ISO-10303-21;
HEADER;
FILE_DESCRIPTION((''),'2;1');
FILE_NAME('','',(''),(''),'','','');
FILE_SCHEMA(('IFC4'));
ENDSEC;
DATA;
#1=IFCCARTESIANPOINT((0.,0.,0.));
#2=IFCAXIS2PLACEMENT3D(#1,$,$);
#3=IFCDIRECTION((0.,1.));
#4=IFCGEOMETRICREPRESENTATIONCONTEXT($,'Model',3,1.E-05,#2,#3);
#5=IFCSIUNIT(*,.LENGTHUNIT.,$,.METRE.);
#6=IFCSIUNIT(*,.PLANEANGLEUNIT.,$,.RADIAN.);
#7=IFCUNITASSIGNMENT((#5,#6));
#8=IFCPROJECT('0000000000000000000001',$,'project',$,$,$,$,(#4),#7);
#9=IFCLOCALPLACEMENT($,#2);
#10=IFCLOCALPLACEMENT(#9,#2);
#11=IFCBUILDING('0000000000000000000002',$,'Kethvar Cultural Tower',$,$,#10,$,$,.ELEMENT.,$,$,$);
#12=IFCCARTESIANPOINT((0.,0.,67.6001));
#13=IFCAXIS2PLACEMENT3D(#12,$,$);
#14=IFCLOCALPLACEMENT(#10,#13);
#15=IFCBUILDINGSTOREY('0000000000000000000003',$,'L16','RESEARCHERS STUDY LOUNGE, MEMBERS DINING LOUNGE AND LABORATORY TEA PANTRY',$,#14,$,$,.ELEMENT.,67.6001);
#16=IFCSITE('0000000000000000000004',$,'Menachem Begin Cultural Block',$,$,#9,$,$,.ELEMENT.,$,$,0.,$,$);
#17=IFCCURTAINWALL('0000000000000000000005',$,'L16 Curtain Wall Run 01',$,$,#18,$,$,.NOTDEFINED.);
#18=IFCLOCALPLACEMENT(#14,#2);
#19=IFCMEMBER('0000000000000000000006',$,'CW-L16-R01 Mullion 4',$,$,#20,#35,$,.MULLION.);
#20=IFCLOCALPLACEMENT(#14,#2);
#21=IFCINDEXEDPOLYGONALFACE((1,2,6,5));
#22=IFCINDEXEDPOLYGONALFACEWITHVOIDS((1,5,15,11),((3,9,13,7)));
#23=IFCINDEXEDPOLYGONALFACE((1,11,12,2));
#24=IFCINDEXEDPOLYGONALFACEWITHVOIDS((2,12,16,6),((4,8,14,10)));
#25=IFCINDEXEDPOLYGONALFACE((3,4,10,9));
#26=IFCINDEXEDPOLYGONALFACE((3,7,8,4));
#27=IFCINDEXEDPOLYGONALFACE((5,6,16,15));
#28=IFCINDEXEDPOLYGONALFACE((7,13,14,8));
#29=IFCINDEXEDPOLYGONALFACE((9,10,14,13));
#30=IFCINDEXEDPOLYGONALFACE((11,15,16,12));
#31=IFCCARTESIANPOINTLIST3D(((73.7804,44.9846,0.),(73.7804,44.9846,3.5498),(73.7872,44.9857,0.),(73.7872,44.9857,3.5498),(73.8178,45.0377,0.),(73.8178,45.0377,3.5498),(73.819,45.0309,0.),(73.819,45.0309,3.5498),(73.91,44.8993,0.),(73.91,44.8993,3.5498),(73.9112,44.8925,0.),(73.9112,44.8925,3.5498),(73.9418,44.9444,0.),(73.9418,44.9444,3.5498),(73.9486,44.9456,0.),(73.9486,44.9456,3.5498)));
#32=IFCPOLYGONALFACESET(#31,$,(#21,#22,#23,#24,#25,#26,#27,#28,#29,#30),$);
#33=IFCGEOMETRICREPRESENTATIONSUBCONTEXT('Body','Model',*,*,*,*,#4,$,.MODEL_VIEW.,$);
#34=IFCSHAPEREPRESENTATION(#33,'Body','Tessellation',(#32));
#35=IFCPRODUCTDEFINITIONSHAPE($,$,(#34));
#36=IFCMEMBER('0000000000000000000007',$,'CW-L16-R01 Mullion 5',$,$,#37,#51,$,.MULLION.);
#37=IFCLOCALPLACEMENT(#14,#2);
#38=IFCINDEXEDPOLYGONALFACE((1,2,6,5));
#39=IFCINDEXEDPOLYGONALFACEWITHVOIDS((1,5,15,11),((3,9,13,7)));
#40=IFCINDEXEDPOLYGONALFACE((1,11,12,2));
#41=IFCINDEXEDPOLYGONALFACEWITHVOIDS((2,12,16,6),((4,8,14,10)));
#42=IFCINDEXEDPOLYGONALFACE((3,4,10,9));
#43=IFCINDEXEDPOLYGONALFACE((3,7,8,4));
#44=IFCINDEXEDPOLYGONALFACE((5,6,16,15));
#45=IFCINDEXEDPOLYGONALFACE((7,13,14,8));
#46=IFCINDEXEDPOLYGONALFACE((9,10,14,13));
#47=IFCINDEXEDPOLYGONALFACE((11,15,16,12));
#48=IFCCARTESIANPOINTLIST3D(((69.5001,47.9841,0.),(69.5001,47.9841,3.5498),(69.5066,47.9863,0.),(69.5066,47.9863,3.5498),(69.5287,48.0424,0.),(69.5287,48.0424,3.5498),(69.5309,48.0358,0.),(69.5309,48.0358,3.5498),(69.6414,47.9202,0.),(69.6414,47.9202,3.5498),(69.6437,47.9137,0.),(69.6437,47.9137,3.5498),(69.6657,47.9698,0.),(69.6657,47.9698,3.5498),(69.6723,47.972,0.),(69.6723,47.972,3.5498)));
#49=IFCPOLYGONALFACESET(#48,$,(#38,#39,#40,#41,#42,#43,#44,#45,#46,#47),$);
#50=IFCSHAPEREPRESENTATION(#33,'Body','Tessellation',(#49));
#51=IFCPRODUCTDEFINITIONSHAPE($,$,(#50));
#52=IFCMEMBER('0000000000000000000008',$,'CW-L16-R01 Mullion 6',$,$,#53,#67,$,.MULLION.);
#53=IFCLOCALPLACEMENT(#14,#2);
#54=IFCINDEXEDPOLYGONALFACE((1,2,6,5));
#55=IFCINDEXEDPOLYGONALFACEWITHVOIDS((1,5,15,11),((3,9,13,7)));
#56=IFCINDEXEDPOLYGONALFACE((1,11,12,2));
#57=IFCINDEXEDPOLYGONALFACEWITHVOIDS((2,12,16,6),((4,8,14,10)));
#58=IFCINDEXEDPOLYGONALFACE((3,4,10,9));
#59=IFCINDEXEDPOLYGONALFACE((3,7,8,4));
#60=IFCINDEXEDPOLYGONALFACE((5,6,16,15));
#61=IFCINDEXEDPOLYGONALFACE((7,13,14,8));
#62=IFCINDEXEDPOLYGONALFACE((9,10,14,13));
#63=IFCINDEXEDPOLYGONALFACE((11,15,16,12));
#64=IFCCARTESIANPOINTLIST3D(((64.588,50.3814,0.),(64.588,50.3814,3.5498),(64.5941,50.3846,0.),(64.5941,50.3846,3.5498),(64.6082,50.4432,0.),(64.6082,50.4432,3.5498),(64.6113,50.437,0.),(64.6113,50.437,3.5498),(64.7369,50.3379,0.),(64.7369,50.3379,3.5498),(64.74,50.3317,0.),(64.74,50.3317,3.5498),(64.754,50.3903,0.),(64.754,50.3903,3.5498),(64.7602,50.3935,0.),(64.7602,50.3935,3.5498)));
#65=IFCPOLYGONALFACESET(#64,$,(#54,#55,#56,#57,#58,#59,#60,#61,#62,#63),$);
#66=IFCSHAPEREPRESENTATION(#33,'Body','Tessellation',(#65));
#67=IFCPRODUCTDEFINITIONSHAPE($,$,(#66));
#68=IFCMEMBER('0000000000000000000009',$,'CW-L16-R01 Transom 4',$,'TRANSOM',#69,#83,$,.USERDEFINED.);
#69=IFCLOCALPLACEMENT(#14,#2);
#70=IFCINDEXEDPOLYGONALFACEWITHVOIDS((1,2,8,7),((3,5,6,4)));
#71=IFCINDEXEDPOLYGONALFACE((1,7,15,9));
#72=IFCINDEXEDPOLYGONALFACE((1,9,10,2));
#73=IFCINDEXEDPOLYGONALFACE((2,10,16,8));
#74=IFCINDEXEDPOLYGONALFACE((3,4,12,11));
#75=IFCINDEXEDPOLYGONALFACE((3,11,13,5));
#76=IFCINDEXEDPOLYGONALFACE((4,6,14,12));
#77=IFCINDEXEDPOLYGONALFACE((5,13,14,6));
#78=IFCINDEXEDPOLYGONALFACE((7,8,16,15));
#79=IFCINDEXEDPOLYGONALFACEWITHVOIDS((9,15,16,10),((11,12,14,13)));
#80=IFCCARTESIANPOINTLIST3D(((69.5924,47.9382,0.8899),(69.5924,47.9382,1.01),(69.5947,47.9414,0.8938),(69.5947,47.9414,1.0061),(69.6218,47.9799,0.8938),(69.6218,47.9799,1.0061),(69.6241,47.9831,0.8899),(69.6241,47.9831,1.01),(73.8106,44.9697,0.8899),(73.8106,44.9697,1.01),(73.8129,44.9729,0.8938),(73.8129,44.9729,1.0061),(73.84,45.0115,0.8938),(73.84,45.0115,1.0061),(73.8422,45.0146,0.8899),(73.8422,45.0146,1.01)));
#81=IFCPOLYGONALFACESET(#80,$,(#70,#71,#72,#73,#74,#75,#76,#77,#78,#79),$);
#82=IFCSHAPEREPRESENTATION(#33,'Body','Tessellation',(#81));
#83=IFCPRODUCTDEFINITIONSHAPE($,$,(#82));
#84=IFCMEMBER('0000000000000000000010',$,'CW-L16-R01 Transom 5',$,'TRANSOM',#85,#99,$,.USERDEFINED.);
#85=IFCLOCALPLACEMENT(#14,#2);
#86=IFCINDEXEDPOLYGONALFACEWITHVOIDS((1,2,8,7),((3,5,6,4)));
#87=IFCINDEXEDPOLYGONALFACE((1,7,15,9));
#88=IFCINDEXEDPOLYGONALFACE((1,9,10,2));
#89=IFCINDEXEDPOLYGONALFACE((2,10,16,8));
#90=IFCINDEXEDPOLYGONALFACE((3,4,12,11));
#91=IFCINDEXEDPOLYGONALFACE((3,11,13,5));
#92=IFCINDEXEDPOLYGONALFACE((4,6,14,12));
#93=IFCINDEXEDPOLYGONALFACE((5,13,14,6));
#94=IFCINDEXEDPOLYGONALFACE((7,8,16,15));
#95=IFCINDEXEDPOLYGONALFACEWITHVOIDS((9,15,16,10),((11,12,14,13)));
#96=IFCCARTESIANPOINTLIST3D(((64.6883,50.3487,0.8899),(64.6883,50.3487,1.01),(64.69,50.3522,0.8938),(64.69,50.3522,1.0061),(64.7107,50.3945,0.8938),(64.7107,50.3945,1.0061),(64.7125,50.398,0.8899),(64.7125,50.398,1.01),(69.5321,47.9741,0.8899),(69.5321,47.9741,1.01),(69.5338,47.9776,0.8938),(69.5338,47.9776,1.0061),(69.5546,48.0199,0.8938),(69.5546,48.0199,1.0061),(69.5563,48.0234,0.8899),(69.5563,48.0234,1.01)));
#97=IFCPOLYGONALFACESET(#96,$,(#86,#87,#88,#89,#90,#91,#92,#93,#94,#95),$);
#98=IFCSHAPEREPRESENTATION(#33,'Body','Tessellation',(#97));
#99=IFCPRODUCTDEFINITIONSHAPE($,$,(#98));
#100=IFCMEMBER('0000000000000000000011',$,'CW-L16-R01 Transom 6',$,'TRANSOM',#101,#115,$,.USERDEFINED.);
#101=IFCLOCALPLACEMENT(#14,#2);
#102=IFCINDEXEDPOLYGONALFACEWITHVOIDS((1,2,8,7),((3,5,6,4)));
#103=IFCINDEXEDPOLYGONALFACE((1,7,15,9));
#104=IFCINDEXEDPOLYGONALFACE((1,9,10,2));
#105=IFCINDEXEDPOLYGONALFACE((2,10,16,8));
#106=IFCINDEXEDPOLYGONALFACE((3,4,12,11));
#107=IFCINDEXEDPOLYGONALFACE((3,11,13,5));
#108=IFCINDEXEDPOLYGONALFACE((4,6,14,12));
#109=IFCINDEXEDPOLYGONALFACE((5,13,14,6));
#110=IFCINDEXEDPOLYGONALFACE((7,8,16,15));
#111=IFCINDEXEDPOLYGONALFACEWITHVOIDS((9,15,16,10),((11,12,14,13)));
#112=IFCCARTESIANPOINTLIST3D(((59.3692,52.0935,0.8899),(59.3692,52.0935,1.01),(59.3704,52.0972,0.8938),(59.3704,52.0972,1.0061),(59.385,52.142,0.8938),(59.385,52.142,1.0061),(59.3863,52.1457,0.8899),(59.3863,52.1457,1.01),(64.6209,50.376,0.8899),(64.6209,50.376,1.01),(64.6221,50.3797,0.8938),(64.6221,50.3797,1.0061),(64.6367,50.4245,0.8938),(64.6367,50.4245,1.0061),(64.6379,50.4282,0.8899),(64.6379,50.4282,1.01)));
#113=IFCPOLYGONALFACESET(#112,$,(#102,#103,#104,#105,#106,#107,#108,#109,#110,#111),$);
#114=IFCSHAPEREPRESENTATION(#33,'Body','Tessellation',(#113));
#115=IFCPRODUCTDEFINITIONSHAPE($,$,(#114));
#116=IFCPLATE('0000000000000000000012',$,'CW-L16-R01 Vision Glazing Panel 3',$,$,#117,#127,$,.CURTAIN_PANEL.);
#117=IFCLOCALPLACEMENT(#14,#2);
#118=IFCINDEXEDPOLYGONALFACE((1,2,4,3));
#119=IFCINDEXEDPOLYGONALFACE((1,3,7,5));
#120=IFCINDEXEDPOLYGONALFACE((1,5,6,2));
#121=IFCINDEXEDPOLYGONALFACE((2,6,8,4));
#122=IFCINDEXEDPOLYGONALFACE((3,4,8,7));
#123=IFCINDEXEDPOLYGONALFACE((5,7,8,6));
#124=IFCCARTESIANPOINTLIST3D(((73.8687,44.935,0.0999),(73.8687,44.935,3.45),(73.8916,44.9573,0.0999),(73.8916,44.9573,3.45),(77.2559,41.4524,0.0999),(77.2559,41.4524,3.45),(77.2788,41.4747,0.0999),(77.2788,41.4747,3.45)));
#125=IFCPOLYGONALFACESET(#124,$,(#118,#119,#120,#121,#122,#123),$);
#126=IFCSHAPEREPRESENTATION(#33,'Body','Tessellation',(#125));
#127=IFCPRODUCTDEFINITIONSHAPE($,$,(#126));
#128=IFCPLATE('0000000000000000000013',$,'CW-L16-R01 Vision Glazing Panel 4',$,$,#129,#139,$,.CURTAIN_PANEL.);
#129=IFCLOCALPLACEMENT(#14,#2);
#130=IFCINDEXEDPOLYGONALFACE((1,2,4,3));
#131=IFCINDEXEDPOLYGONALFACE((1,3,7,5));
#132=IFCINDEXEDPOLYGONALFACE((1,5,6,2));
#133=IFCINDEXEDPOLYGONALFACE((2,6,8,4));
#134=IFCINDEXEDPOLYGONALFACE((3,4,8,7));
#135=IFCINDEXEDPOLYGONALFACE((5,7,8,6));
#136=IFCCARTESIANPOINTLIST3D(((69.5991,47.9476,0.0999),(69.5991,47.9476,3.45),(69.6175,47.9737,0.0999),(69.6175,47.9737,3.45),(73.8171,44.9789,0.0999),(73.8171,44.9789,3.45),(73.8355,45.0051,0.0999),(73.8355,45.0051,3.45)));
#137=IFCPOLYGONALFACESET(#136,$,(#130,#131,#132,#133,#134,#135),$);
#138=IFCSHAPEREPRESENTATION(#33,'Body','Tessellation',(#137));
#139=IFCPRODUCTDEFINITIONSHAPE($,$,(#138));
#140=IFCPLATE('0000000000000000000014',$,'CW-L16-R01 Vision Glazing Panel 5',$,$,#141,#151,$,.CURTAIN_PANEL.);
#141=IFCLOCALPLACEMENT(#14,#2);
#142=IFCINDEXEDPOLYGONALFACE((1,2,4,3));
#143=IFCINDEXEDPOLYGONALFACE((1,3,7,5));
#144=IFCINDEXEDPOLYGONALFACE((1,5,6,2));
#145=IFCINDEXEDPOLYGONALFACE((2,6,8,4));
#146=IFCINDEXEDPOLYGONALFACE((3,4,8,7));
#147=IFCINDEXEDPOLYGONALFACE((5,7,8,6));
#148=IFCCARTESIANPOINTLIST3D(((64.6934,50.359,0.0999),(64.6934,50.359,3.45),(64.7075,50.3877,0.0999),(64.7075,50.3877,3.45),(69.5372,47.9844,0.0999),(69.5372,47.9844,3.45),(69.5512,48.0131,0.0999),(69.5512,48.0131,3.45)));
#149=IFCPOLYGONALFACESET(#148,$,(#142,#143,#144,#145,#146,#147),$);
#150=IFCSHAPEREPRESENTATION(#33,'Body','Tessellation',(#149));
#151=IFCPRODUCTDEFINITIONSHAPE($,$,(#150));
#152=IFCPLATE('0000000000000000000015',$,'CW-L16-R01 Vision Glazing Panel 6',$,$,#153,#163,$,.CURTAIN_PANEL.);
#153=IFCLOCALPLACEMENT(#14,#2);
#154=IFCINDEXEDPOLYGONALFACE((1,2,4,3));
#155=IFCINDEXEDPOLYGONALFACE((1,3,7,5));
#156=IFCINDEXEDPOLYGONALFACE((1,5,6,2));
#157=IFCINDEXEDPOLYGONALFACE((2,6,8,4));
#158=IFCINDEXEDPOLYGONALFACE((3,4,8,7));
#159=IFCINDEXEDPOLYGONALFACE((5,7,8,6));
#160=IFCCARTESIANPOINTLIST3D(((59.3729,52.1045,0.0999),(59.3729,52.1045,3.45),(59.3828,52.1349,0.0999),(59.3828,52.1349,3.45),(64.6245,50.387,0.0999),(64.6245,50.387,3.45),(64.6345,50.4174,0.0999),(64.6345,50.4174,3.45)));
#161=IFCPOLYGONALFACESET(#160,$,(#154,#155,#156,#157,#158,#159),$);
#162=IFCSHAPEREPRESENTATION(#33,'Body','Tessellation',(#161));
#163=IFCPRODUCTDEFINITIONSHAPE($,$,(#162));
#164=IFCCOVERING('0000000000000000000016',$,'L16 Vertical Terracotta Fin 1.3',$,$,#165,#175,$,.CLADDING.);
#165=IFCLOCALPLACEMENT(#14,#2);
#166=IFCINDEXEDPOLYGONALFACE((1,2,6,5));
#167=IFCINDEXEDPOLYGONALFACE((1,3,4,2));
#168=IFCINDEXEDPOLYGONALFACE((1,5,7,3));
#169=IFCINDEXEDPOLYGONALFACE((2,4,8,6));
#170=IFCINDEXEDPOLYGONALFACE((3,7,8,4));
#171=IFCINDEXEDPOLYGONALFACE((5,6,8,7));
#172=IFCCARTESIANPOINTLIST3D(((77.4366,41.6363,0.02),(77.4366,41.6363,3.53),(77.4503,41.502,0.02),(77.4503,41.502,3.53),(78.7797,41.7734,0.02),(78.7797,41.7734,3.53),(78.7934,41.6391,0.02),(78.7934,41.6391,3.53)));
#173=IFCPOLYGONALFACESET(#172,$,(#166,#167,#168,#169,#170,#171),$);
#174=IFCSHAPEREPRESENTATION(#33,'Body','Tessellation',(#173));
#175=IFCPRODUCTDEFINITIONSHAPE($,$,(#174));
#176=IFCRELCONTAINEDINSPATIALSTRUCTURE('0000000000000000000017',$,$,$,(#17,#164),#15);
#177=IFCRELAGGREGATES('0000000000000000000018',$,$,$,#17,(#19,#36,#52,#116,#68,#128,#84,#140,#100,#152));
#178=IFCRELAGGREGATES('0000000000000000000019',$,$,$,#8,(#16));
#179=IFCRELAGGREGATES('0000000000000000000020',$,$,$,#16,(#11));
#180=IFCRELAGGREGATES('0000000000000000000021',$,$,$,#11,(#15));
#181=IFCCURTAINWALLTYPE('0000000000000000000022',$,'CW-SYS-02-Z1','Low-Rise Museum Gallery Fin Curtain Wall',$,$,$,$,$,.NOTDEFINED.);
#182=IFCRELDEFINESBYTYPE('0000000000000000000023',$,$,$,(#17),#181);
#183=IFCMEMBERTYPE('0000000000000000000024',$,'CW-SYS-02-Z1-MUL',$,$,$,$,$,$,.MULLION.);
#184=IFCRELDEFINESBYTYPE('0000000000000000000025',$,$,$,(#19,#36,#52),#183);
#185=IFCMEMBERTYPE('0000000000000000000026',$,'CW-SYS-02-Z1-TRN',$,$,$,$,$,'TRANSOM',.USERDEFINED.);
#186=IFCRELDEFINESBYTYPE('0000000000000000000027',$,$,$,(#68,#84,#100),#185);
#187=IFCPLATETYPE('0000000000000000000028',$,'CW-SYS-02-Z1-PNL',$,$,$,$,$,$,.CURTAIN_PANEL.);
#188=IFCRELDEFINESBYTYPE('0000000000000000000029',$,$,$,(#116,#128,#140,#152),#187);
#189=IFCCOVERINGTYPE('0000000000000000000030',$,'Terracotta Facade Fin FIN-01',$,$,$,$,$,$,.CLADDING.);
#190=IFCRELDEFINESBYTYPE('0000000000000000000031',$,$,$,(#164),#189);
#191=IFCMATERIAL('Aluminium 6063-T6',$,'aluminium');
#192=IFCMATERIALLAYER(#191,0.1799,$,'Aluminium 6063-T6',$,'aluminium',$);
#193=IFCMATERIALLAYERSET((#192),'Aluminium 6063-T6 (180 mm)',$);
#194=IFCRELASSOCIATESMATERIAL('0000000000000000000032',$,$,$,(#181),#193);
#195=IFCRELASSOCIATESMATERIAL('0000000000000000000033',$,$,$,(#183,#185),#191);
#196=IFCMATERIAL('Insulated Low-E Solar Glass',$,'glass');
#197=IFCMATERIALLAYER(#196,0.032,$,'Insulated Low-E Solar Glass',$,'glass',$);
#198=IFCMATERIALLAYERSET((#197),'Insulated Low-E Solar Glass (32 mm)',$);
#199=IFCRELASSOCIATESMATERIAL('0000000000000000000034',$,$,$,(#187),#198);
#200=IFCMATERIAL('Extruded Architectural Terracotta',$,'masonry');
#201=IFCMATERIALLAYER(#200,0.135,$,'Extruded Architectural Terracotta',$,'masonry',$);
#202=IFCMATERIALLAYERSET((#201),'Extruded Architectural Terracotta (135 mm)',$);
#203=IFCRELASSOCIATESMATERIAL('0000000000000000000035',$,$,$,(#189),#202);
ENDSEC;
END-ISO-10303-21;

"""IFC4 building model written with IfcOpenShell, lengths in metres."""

from ifc_helpers import new_model, si_unit, direction, frame, origin, origin_2d, place, context, subcontext, project, spatial, rectangle, hollow_rectangle, extrude, source, transform, mapped, material, layer, layer_set, material_profile, profile_set, type_object, element, aggregate, save


model = new_model("IFC4")

# Units and contexts
model_context = context("Model", 3, precision=1e-05, world=origin(), true_north=direction((0.0, 1.0)))
body_context = subcontext(model_context, "Body", "Model", "MODEL_VIEW")
ifc_project = project(units=[si_unit("LENGTHUNIT", "METRE"), si_unit("PLANEANGLEUNIT", "RADIAN")], contexts=[model_context])

# Site, building, storey
site_placement = place(None, origin())
site = spatial("IfcSite", under=ifc_project, at=site_placement, Name="Menachem Begin Cultural Block", CompositionType="ELEMENT", RefElevation=0.0)
building_placement = place(site_placement, origin())
building = spatial("IfcBuilding", under=site, at=building_placement, Name="Kethvar Cultural Tower", CompositionType="ELEMENT")
storey_placement = place(building_placement, frame((0.0, 0.0, 67.6001)))
storey = spatial("IfcBuildingStorey", under=building, at=storey_placement, Name="L16", Description="RESEARCHERS STUDY LOUNGE, MEMBERS DINING LOUNGE AND LABORATORY TEA PANTRY", CompositionType="ELEMENT", Elevation=67.6001)

# Curtain wall, members, plates
ifc_material_1 = material(Name="Aluminium 6063-T6", Category="aluminium")
ifc_layer_1 = layer(ifc_material_1, 0.1799, Name="Aluminium 6063-T6", Category="aluminium")
ifc_layer_set_1 = layer_set([ifc_layer_1], Name="Aluminium 6063-T6 (180 mm)")
curtain_wall_type = type_object("IfcCurtainWallType", Name="CW-SYS-02-Z1", Description="Low-Rise Museum Gallery Fin Curtain Wall", PredefinedType="NOTDEFINED", material=ifc_layer_set_1)
curtain_wall_placement = place(storey_placement, origin())
curtain_wall = element("IfcCurtainWall", 1, at=curtain_wall_placement, inside=storey, type_object=curtain_wall_type, Name="L16 Curtain Wall Run 01", PredefinedType="NOTDEFINED")
ifc_material_profile_1 = material_profile(ifc_material_1, hollow_rectangle(XDim=0.0649, YDim=0.1599, WallThickness=0.0049, at=origin_2d()), Name="Aluminium 6063-T6 — RHS160x65x5")
ifc_profile_set_1 = profile_set([ifc_material_profile_1], Name="Aluminium 6063-T6 — RHS160x65x5")
member_type_1 = type_object("IfcMemberType", Name="CW-SYS-02-Z1-MUL", PredefinedType="MULLION", material=ifc_profile_set_1)
shared_shape_1 = source(origin(), body_context, "Body", "SweptSolid", [
    extrude(hollow_rectangle(XDim=0.0649, YDim=0.1599, WallThickness=0.0049, at=origin_2d()), origin(), (0.0, 0.0, 1.0), 3.5498),
])
member_1_placement = place(storey_placement, frame((73.8645, 44.9651, 0.0), z_axis=(0.0, 0.0, 1.0), x_axis=(-0.575548, -0.817768, 0.0)))
member_1 = element("IfcMember", 2, at=member_1_placement, type_object=member_type_1, Name="CW-L16-R01 Mullion 4", PredefinedType="MULLION", context=body_context, shape_type="MappedRepresentation", body=[
    mapped(shared_shape_1, transform((0.0, 0.0, 0.0), scale=1.0)),
])
member_2_placement = place(storey_placement, frame((69.5862, 47.978, 0.0), z_axis=(0.0, 0.0, 1.0), x_axis=(-0.44019, -0.897905, 0.0)))
member_2 = element("IfcMember", 3, at=member_2_placement, type_object=member_type_1, Name="CW-L16-R01 Mullion 5", PredefinedType="MULLION", context=body_context, shape_type="MappedRepresentation", body=[
    mapped(shared_shape_1, transform((0.0, 0.0, 0.0), scale=1.0)),
])
member_3_placement = place(storey_placement, frame((64.6741, 50.3875, 0.0), z_axis=(0.0, 0.0, 1.0), x_axis=(-0.310842, -0.950461, 0.0)))
member_3 = element("IfcMember", 4, at=member_3_placement, type_object=member_type_1, Name="CW-L16-R01 Mullion 6", PredefinedType="MULLION", context=body_context, shape_type="MappedRepresentation", body=[
    mapped(shared_shape_1, transform((0.0, 0.0, 0.0), scale=1.0)),
])
ifc_material_profile_2 = material_profile(ifc_material_1, hollow_rectangle(XDim=0.0549, YDim=0.1201, WallThickness=0.0039, at=origin_2d()), Name="Aluminium 6063-T6 — RHS120x55x4")
ifc_profile_set_2 = profile_set([ifc_material_profile_2], Name="Aluminium 6063-T6 — RHS120x55x4")
member_type_2 = type_object("IfcMemberType", Name="CW-SYS-02-Z1-TRN", ElementType="TRANSOM", PredefinedType="USERDEFINED", material=ifc_profile_set_2)
shared_shape_2 = source(origin(), body_context, "Body", "SweptSolid", [
    extrude(hollow_rectangle(XDim=0.0549, YDim=0.1201, WallThickness=0.0039, at=origin_2d()), origin(), (0.0, 0.0, 1.0), 5.158),
])
member_4_placement = place(storey_placement, frame((73.8264, 44.9922, 0.95), z_axis=(-0.817797, 0.575506, 0.0), x_axis=(-0.575506, -0.817797, 0.0)))
member_4 = element("IfcMember", 5, at=member_4_placement, type_object=member_type_2, Name="CW-L16-R01 Transom 4", ObjectType="TRANSOM", PredefinedType="USERDEFINED", context=body_context, shape_type="MappedRepresentation", body=[
    mapped(shared_shape_2, transform((0.0, 0.0, 0.0), scale=1.0)),
])
shared_shape_3 = source(origin(), body_context, "Body", "SweptSolid", [
    extrude(hollow_rectangle(XDim=0.0549, YDim=0.1201, WallThickness=0.0039, at=origin_2d()), origin(), (0.0, 0.0, 1.0), 5.3945),
])
member_5_placement = place(storey_placement, frame((69.5442, 47.9988, 0.95), z_axis=(-0.897912, 0.440176, 0.0), x_axis=(-0.440176, -0.897912, 0.0)))
member_5 = element("IfcMember", 6, at=member_5_placement, type_object=member_type_2, Name="CW-L16-R01 Transom 5", ObjectType="TRANSOM", PredefinedType="USERDEFINED", context=body_context, shape_type="MappedRepresentation", body=[
    mapped(shared_shape_3, transform((0.0, 0.0, 0.0), scale=1.0)),
])
shared_shape_4 = source(origin(), body_context, "Body", "SweptSolid", [
    extrude(hollow_rectangle(XDim=0.0549, YDim=0.1201, WallThickness=0.0039, at=origin_2d()), origin(), (0.0, 0.0, 1.0), 5.5254),
])
member_6_placement = place(storey_placement, frame((64.6294, 50.4021, 0.95), z_axis=(-0.950462, 0.310841, 0.0), x_axis=(-0.310841, -0.950462, 0.0)))
member_6 = element("IfcMember", 7, at=member_6_placement, type_object=member_type_2, Name="CW-L16-R01 Transom 6", ObjectType="TRANSOM", PredefinedType="USERDEFINED", context=body_context, shape_type="MappedRepresentation", body=[
    mapped(shared_shape_4, transform((0.0, 0.0, 0.0), scale=1.0)),
])
ifc_material_2 = material(Name="Insulated Low-E Solar Glass", Category="glass")
ifc_layer_2 = layer(ifc_material_2, 0.032, Name="Insulated Low-E Solar Glass", Category="glass")
ifc_layer_set_2 = layer_set([ifc_layer_2], Name="Insulated Low-E Solar Glass (32 mm)")
plate_type = type_object("IfcPlateType", Name="CW-SYS-02-Z1-PNL", PredefinedType="CURTAIN_PANEL", material=ifc_layer_set_2)
shared_shape_5 = source(origin(), body_context, "Body", "SweptSolid", [
    extrude(rectangle(XDim=4.8582, YDim=0.032, at=origin_2d()), origin(), (0.0, 0.0, 1.0), 3.3501),
])
plate_1_placement = place(storey_placement, frame((75.5737, 43.2048, 0.0999), z_axis=(0.0, 0.0, 1.0), x_axis=(-0.697215, 0.716862, 0.0)))
plate_1 = element("IfcPlate", 8, at=plate_1_placement, type_object=plate_type, Name="CW-L16-R01 Vision Glazing Panel 3", PredefinedType="CURTAIN_PANEL", context=body_context, shape_type="MappedRepresentation", body=[
    mapped(shared_shape_5, transform((0.0, 0.0, 0.0), scale=1.0)),
])
shared_shape_6 = source(origin(), body_context, "Body", "SweptSolid", [
    extrude(rectangle(XDim=5.158, YDim=0.032, at=origin_2d()), origin(), (0.0, 0.0, 1.0), 3.3501),
])
plate_2_placement = place(storey_placement, frame((71.7173, 46.4763, 0.0999), z_axis=(0.0, 0.0, 1.0), x_axis=(-0.817768, 0.575548, 0.0)))
plate_2 = element("IfcPlate", 9, at=plate_2_placement, type_object=plate_type, Name="CW-L16-R01 Vision Glazing Panel 4", PredefinedType="CURTAIN_PANEL", context=body_context, shape_type="MappedRepresentation", body=[
    mapped(shared_shape_6, transform((0.0, 0.0, 0.0), scale=1.0)),
])
shared_shape_7 = source(origin(), body_context, "Body", "SweptSolid", [
    extrude(rectangle(XDim=5.3945, YDim=0.032, at=origin_2d()), origin(), (0.0, 0.0, 1.0), 3.3501),
])
plate_3_placement = place(storey_placement, frame((67.1223, 49.186, 0.0999), z_axis=(0.0, 0.0, 1.0), x_axis=(-0.897905, 0.44019, 0.0)))
plate_3 = element("IfcPlate", 10, at=plate_3_placement, type_object=plate_type, Name="CW-L16-R01 Vision Glazing Panel 5", PredefinedType="CURTAIN_PANEL", context=body_context, shape_type="MappedRepresentation", body=[
    mapped(shared_shape_7, transform((0.0, 0.0, 0.0), scale=1.0)),
])
shared_shape_8 = source(origin(), body_context, "Body", "SweptSolid", [
    extrude(rectangle(XDim=5.5254, YDim=0.032, at=origin_2d()), origin(), (0.0, 0.0, 1.0), 3.3501),
])
plate_4_placement = place(storey_placement, frame((62.0037, 51.261, 0.0999), z_axis=(0.0, 0.0, 1.0), x_axis=(-0.950461, 0.310842, 0.0)))
plate_4 = element("IfcPlate", 11, at=plate_4_placement, type_object=plate_type, Name="CW-L16-R01 Vision Glazing Panel 6", PredefinedType="CURTAIN_PANEL", context=body_context, shape_type="MappedRepresentation", body=[
    mapped(shared_shape_8, transform((0.0, 0.0, 0.0), scale=1.0)),
])
aggregate(curtain_wall, [member_1, member_2, member_3, plate_1, member_4, plate_2, member_5, plate_3, member_6, plate_4])

# Covering
ifc_material_3 = material(Name="Extruded Architectural Terracotta", Category="masonry")
ifc_layer_3 = layer(ifc_material_3, 0.135, Name="Extruded Architectural Terracotta", Category="masonry")
ifc_layer_set_3 = layer_set([ifc_layer_3], Name="Extruded Architectural Terracotta (135 mm)")
covering_type = type_object("IfcCoveringType", Name="Terracotta Facade Fin FIN-01", PredefinedType="CLADDING", material=ifc_layer_set_3)
shared_shape_9 = source(origin(), body_context, "Body", "SweptSolid", [
    extrude(rectangle(XDim=1.3501, YDim=0.135, at=origin_2d()), origin(), (0.0, 0.0, 1.0), 3.51),
])
for number, where, z_axis, x_axis, name in (
    (12, (78.115, 41.6377, 0.02), (0.0, 0.0, 1.0), (0.994828, 0.101577, 0.0), "L16 Vertical Terracotta Fin 1.3"),
):
    element("IfcCovering", number, at=place(storey_placement, frame(where, z_axis=z_axis, x_axis=x_axis)), inside=storey, type_object=covering_type, Name=name, PredefinedType="CLADDING", context=body_context, shape_type="MappedRepresentation", body=[
        mapped(shared_shape_9, transform((0.0, 0.0, 0.0), scale=1.0)),
    ])

save(model, "model.ifc")
